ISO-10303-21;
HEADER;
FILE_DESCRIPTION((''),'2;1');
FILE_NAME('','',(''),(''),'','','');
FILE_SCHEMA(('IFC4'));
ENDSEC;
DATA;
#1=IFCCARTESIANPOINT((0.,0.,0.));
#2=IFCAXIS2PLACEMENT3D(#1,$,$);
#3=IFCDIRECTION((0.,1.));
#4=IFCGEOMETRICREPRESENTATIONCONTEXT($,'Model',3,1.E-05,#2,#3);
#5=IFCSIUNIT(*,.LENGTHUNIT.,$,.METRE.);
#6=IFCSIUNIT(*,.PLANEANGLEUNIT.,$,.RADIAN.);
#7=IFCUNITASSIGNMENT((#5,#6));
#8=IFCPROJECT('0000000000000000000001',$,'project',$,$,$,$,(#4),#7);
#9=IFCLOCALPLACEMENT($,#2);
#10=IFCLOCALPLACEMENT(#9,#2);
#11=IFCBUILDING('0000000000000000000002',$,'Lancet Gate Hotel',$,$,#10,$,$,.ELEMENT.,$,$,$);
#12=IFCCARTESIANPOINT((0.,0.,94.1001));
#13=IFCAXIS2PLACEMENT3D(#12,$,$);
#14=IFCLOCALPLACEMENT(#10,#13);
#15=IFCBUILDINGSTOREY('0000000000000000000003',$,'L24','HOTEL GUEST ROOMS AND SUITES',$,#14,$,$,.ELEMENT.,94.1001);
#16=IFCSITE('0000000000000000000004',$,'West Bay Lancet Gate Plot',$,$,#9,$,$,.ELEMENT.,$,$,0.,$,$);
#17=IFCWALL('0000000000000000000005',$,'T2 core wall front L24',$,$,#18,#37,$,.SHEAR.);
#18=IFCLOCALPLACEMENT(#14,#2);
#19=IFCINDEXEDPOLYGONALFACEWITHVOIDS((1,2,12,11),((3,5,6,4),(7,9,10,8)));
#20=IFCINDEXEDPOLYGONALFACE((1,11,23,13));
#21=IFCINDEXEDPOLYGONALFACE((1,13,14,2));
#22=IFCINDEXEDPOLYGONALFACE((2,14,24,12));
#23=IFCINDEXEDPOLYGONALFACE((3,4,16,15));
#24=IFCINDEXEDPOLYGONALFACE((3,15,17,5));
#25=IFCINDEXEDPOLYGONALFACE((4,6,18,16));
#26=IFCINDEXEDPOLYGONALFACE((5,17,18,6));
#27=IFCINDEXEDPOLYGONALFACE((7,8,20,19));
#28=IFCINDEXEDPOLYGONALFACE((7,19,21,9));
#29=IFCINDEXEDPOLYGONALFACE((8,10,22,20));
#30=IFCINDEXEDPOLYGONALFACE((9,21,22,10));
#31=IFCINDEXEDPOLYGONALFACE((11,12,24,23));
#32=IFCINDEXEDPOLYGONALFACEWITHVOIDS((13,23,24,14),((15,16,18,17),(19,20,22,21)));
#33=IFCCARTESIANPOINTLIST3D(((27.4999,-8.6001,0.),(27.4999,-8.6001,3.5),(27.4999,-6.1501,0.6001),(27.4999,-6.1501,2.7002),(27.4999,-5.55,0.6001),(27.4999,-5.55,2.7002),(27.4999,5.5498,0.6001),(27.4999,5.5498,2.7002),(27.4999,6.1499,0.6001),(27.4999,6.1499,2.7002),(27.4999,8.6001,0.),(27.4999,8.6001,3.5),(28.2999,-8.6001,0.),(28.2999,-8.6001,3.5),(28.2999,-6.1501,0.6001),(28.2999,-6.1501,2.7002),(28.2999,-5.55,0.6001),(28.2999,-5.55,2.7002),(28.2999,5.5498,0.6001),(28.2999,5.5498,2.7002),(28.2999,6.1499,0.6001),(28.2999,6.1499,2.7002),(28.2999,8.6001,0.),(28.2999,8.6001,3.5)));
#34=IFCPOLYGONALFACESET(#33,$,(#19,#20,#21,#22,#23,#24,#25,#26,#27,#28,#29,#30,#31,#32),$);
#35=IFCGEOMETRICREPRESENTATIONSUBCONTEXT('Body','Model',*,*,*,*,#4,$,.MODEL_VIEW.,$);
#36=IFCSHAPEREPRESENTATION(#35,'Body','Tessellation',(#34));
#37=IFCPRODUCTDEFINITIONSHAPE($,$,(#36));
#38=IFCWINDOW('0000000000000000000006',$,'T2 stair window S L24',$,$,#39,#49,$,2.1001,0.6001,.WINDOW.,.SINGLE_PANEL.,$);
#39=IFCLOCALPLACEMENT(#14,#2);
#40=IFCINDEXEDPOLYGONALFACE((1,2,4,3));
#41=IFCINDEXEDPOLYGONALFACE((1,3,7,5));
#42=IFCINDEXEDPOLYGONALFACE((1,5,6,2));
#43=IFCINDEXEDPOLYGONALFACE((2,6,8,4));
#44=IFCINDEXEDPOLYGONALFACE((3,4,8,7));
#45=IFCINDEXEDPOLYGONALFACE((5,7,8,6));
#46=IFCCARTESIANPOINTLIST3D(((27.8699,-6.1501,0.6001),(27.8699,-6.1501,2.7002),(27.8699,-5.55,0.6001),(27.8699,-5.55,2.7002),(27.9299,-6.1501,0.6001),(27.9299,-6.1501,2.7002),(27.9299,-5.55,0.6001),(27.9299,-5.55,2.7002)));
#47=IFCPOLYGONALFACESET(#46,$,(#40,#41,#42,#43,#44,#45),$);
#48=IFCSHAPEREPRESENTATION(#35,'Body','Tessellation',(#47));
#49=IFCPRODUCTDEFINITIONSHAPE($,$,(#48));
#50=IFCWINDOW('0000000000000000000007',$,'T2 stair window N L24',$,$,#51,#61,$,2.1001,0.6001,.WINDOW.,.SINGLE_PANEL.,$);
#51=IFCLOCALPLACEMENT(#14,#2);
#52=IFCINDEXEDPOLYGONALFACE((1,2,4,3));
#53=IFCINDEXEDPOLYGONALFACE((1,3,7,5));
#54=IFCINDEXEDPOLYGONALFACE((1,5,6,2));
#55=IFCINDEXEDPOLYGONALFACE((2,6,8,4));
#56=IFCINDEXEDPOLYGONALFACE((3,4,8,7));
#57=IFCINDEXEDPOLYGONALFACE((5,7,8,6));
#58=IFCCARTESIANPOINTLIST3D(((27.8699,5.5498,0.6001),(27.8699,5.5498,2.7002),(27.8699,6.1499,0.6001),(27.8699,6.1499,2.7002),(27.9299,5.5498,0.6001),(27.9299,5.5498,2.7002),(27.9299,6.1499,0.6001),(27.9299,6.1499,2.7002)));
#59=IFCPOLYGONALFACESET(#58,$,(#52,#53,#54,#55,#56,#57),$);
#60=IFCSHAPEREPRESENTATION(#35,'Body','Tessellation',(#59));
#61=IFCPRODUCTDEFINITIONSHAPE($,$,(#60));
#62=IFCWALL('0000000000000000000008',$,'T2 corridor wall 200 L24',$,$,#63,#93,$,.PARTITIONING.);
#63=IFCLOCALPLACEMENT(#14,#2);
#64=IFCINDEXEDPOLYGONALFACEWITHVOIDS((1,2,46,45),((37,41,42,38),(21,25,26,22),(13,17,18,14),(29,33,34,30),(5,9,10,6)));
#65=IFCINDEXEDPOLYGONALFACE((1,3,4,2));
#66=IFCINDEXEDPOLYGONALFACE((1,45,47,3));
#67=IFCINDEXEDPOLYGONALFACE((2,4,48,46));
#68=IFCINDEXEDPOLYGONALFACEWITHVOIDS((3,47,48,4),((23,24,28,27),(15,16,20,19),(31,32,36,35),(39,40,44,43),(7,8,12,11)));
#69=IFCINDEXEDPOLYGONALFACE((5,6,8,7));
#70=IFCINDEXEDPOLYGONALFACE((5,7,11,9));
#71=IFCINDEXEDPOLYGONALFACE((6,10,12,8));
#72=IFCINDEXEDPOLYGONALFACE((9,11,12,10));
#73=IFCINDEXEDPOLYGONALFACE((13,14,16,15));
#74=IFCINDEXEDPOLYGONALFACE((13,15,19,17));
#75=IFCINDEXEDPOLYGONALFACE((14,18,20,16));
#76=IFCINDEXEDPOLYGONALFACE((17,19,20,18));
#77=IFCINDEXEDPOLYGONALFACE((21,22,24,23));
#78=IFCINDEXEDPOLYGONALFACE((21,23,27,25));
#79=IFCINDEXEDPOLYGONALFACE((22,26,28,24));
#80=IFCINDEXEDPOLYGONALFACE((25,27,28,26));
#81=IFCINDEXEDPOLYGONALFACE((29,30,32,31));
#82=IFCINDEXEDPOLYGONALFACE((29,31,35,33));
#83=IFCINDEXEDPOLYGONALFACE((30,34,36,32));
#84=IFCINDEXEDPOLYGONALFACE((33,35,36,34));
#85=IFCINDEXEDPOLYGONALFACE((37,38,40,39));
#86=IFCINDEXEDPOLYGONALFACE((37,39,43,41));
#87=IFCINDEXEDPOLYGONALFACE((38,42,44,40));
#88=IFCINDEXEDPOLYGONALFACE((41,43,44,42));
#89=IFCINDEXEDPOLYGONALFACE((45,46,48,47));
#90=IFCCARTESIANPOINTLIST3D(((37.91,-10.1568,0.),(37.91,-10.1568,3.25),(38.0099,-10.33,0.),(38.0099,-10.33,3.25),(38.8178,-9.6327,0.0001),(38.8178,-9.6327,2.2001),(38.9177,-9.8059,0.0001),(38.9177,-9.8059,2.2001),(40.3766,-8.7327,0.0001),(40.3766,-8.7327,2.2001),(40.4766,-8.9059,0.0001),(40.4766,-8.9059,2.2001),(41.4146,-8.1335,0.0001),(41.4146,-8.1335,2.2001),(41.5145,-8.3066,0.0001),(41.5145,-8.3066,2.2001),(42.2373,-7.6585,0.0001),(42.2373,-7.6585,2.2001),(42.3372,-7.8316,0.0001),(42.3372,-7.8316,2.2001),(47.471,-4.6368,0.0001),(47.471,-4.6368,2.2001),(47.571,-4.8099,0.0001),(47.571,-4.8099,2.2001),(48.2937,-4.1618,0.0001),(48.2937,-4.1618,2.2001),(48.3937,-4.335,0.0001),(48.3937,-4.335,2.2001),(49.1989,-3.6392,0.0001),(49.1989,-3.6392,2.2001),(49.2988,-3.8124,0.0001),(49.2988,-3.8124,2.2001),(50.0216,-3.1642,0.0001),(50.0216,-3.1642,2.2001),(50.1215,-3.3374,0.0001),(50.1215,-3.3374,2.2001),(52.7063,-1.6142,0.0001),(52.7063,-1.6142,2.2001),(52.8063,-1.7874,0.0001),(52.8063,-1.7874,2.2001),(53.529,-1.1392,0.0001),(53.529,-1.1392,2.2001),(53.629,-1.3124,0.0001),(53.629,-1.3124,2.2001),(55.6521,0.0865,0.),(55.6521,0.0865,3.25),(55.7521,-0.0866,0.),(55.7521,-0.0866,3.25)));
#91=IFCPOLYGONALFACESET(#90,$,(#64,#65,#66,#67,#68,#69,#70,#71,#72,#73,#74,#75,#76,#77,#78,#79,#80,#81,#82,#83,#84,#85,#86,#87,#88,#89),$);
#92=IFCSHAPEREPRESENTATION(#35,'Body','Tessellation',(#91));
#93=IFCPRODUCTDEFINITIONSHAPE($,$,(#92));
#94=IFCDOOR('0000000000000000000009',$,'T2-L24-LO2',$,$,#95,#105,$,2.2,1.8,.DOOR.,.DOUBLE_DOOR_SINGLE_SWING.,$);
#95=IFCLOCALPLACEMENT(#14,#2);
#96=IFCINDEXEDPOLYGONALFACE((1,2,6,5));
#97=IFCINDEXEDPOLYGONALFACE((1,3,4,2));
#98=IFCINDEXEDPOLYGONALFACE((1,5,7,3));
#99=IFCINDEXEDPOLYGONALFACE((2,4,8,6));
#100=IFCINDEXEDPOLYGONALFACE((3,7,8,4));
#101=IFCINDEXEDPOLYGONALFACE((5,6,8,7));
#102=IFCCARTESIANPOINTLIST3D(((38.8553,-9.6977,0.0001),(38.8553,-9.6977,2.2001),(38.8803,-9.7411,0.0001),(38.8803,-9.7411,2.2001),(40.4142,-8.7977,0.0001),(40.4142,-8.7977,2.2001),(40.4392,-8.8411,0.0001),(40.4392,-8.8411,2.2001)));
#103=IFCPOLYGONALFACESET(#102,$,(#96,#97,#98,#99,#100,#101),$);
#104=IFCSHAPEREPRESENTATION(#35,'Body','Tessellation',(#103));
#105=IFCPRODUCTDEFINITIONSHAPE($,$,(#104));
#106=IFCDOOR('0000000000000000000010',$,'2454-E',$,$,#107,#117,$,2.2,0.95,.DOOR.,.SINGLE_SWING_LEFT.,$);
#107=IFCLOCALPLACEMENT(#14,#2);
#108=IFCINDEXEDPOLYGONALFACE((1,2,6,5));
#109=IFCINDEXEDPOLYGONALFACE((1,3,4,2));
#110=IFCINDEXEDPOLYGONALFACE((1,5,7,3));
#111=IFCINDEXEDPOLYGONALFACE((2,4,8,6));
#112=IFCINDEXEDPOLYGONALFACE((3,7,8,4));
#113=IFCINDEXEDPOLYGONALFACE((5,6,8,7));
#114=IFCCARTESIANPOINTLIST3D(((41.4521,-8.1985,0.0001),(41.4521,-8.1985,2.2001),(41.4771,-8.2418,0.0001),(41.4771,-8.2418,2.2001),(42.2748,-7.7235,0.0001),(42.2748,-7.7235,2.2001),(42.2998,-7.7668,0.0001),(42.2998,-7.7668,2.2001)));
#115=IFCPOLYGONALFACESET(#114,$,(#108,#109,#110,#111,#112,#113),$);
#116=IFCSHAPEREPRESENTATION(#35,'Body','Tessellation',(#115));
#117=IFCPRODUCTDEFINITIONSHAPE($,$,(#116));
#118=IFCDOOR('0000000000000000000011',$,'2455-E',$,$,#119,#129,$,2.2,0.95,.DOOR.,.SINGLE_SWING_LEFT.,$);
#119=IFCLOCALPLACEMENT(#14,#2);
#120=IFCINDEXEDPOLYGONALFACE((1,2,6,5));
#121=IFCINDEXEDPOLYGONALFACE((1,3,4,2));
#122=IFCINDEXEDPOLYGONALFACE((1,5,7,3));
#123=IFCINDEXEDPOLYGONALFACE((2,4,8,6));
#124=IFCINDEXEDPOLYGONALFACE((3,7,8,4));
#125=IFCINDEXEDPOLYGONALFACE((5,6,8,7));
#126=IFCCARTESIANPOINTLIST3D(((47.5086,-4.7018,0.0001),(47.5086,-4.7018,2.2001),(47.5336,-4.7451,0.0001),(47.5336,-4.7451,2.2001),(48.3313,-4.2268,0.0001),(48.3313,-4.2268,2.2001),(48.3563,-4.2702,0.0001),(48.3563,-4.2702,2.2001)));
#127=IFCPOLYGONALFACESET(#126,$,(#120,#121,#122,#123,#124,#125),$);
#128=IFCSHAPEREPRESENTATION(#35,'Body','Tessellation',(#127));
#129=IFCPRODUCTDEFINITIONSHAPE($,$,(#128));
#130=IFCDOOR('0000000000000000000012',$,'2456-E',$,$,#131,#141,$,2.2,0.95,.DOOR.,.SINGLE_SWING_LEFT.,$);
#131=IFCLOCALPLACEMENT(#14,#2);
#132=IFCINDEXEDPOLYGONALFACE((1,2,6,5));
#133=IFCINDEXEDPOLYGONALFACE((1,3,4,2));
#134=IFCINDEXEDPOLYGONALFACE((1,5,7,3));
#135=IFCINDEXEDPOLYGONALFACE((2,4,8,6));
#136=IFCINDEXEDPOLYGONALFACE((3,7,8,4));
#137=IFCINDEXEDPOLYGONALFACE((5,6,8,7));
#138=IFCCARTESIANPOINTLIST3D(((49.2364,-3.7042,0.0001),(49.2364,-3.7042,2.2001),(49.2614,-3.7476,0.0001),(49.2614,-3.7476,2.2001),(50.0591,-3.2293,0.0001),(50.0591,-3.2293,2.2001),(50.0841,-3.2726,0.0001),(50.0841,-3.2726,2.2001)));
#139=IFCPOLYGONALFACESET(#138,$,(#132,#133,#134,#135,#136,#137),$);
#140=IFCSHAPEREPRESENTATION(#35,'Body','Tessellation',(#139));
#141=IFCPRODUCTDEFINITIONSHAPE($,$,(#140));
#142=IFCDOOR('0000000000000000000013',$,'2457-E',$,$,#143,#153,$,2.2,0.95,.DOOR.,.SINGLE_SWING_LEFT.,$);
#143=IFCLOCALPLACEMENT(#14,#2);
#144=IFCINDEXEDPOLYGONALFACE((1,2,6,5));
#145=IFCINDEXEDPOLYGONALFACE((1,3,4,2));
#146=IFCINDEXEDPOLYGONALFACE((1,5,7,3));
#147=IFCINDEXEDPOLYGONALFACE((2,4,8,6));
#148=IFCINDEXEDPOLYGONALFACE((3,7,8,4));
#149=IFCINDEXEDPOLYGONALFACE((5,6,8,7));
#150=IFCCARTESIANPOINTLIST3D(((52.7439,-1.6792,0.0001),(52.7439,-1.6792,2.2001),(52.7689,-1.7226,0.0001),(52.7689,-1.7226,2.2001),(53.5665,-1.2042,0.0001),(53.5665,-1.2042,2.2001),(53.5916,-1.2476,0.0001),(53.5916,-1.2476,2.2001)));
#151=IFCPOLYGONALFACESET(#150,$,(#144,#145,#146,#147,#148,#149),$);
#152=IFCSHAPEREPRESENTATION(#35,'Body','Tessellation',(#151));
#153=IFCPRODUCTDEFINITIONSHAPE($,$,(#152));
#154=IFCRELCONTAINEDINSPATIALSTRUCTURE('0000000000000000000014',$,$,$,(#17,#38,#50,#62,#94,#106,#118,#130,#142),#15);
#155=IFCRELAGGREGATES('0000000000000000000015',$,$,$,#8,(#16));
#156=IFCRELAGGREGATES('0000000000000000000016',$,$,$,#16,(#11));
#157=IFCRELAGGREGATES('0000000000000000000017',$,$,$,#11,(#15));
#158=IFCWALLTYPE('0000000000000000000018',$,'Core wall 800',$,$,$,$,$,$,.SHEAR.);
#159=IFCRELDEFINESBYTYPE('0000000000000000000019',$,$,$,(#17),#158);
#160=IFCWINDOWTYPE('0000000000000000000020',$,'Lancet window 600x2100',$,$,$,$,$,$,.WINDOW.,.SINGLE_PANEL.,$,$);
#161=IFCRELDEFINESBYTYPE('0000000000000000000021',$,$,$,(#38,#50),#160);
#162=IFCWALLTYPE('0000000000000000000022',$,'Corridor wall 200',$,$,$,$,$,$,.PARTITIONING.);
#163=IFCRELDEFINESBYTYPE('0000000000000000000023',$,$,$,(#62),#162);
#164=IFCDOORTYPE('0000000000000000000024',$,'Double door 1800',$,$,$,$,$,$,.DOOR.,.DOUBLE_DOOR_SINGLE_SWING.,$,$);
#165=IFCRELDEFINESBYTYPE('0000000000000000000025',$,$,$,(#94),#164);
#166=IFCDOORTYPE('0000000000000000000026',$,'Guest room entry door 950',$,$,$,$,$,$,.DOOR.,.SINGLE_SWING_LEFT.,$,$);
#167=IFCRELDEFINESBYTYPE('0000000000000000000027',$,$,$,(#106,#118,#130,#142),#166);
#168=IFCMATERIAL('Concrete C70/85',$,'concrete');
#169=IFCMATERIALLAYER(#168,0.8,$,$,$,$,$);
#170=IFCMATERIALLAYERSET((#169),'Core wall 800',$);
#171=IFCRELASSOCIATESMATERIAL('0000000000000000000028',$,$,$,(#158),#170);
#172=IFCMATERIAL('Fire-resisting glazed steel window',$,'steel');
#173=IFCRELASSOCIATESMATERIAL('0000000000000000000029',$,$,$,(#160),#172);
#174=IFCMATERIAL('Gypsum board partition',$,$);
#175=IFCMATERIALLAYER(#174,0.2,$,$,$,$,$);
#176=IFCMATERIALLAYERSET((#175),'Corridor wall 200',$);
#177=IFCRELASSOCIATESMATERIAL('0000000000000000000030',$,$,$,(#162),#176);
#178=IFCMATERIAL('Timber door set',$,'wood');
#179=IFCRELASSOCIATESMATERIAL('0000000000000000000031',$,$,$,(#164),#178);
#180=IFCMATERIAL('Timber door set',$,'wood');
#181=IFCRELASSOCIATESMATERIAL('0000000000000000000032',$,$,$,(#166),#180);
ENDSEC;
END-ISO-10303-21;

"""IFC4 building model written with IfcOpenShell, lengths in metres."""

from ifc_helpers import new_model, si_unit, direction, frame, frame_2d, origin, place, context, subcontext, project, spatial, rectangle, extrude, material, layer, layer_set, type_object, element, fill, save


model = new_model("IFC4")

# Units and contexts
model_context = context("Model", 3, precision=1e-05, world=origin(), true_north=direction((0.0, 1.0)))
body_context = subcontext(model_context, "Body", "Model", "MODEL_VIEW")
ifc_project = project(units=[si_unit("LENGTHUNIT", "METRE"), si_unit("PLANEANGLEUNIT", "RADIAN")], contexts=[model_context])

# Site, building, storey
site_placement = place(None, origin())
site = spatial("IfcSite", under=ifc_project, at=site_placement, Name="West Bay Lancet Gate Plot", CompositionType="ELEMENT", RefElevation=0.0)
building_placement = place(site_placement, origin())
building = spatial("IfcBuilding", under=site, at=building_placement, Name="Lancet Gate Hotel", CompositionType="ELEMENT")
storey_placement = place(building_placement, frame((0.0, 0.0, 94.1001)))
storey = spatial("IfcBuildingStorey", under=building, at=storey_placement, Name="L24", Description="HOTEL GUEST ROOMS AND SUITES", CompositionType="ELEMENT", Elevation=94.1001)

# Wall, openings, windows
ifc_material_1 = material(Name="Concrete C70/85", Category="concrete")
ifc_layer_1 = layer(ifc_material_1, 0.8)
ifc_layer_set_1 = layer_set([ifc_layer_1], Name="Core wall 800")
wall_type_1 = type_object("IfcWallType", Name="Core wall 800", PredefinedType="SHEAR", material=ifc_layer_set_1)
wall_1_placement = place(storey_placement, frame((27.8999, -8.6001, 0.0), z_axis=(0.0, 0.0, 1.0), x_axis=(0.0, 1.0, 0.0)))
wall_1 = element("IfcWall", 1, at=wall_1_placement, inside=storey, type_object=wall_type_1, Name="T2 core wall front L24", PredefinedType="SHEAR", context=body_context, shape_type="SweptSolid", body=[
    extrude(rectangle(XDim=17.2002, YDim=0.8, at=frame_2d((8.6001, 0.0))), origin(), (0.0, 0.0, 1.0), 3.5),
])
opening_1_placement = place(wall_1_placement, frame((2.45, 0.0, 0.6001)))
opening_1 = element("IfcOpeningElement", 2, at=opening_1_placement, cuts=wall_1, PredefinedType="OPENING", context=body_context, shape_type="SweptSolid", body=[
    extrude(rectangle(XDim=0.6001, YDim=2.1001, at=frame_2d((0.3, 1.05))), frame((0.0, 0.4099, 0.0), z_axis=(0.0, -1.0, 0.0), x_axis=(1.0, 0.0, 0.0)), (0.0, 0.0, 1.0), 0.8201),
])
opening_2_placement = place(wall_1_placement, frame((14.1499, 0.0, 0.6001)))
opening_2 = element("IfcOpeningElement", 3, at=opening_2_placement, cuts=wall_1, PredefinedType="OPENING", context=body_context, shape_type="SweptSolid", body=[
    extrude(rectangle(XDim=0.6001, YDim=2.1001, at=frame_2d((0.3, 1.05))), frame((0.0, 0.4099, 0.0), z_axis=(0.0, -1.0, 0.0), x_axis=(1.0, 0.0, 0.0)), (0.0, 0.0, 1.0), 0.8201),
])
ifc_material_2 = material(Name="Fire-resisting glazed steel window", Category="steel")
window_type = type_object("IfcWindowType", Name="Lancet window 600x2100", PartitioningType="SINGLE_PANEL", PredefinedType="WINDOW", material=ifc_material_2)
window_1_placement = place(opening_1_placement, origin())
window_1 = element("IfcWindow", 4, at=window_1_placement, inside=storey, type_object=window_type, Name="T2 stair window S L24", OverallHeight=2.1001, OverallWidth=0.6001, PartitioningType="SINGLE_PANEL", PredefinedType="WINDOW", context=body_context, shape_type="SweptSolid", body=[
    extrude(rectangle(XDim=0.6001, YDim=2.1001, at=frame_2d((0.3, 1.05))), frame((0.0, 0.03, 0.0), z_axis=(0.0, -1.0, 0.0), x_axis=(1.0, 0.0, 0.0)), (0.0, 0.0, 1.0), 0.0601),
])
fill(opening_1, window_1)
window_2_placement = place(opening_2_placement, origin())
window_2 = element("IfcWindow", 5, at=window_2_placement, inside=storey, type_object=window_type, Name="T2 stair window N L24", OverallHeight=2.1001, OverallWidth=0.6001, PartitioningType="SINGLE_PANEL", PredefinedType="WINDOW", context=body_context, shape_type="SweptSolid", body=[
    extrude(rectangle(XDim=0.6001, YDim=2.1001, at=frame_2d((0.3, 1.05))), frame((0.0, 0.03, 0.0), z_axis=(0.0, -1.0, 0.0), x_axis=(1.0, 0.0, 0.0)), (0.0, 0.0, 1.0), 0.0601),
])
fill(opening_2, window_2)

# Wall, openings, doors
ifc_material_3 = material(Name="Gypsum board partition")
ifc_layer_2 = layer(ifc_material_3, 0.2)
ifc_layer_set_2 = layer_set([ifc_layer_2], Name="Corridor wall 200")
wall_type_2 = type_object("IfcWallType", Name="Corridor wall 200", PredefinedType="PARTITIONING", material=ifc_layer_set_2)
wall_2_placement = place(storey_placement, frame((37.96, -10.2434, 0.0), z_axis=(0.0, 0.0, 1.0), x_axis=(0.866026, 0.499998, 0.0)))
wall_2 = element("IfcWall", 6, at=wall_2_placement, inside=storey, type_object=wall_type_2, Name="T2 corridor wall 200 L24", PredefinedType="PARTITIONING", context=body_context, shape_type="SweptSolid", body=[
    extrude(rectangle(XDim=20.4868, YDim=0.2, at=frame_2d((10.2434, 0.0))), origin(), (0.0, 0.0, 1.0), 3.25),
])
opening_3_placement = place(wall_2_placement, frame((4.0466, 0.0, 0.0)))
opening_3 = element("IfcOpeningElement", 7, at=opening_3_placement, cuts=wall_2, PredefinedType="OPENING", context=body_context, shape_type="SweptSolid", body=[
    extrude(rectangle(XDim=0.95, YDim=2.2, at=frame_2d((0.4751, 1.1001))), frame((0.0, 0.1099, 0.0), z_axis=(0.0, -1.0, 0.0), x_axis=(1.0, 0.0, 0.0)), (0.0, 0.0, 1.0), 0.22),
])
opening_4_placement = place(wall_2_placement, frame((11.04, 0.0, 0.0)))
opening_4 = element("IfcOpeningElement", 8, at=opening_4_placement, cuts=wall_2, PredefinedType="OPENING", context=body_context, shape_type="SweptSolid", body=[
    extrude(rectangle(XDim=0.95, YDim=2.2, at=frame_2d((0.4751, 1.1001))), frame((0.0, 0.1099, 0.0), z_axis=(0.0, -1.0, 0.0), x_axis=(1.0, 0.0, 0.0)), (0.0, 0.0, 1.0), 0.22),
])
opening_5_placement = place(wall_2_placement, frame((13.0352, 0.0, 0.0)))
opening_5 = element("IfcOpeningElement", 9, at=opening_5_placement, cuts=wall_2, PredefinedType="OPENING", context=body_context, shape_type="SweptSolid", body=[
    extrude(rectangle(XDim=0.95, YDim=2.2, at=frame_2d((0.4751, 1.1001))), frame((0.0, 0.1099, 0.0), z_axis=(0.0, -1.0, 0.0), x_axis=(1.0, 0.0, 0.0)), (0.0, 0.0, 1.0), 0.22),
])
opening_6_placement = place(wall_2_placement, frame((17.0852, 0.0, 0.0)))
opening_6 = element("IfcOpeningElement", 10, at=opening_6_placement, cuts=wall_2, PredefinedType="OPENING", context=body_context, shape_type="SweptSolid", body=[
    extrude(rectangle(XDim=0.95, YDim=2.2, at=frame_2d((0.4751, 1.1001))), frame((0.0, 0.1099, 0.0), z_axis=(0.0, -1.0, 0.0), x_axis=(1.0, 0.0, 0.0)), (0.0, 0.0, 1.0), 0.22),
])
opening_7_placement = place(wall_2_placement, frame((1.0483, 0.0, 0.0)))
opening_7 = element("IfcOpeningElement", 11, at=opening_7_placement, cuts=wall_2, PredefinedType="OPENING", context=body_context, shape_type="SweptSolid", body=[
    extrude(rectangle(XDim=1.8, YDim=2.2, at=frame_2d((0.8999, 1.1001))), frame((0.0, 0.1099, 0.0), z_axis=(0.0, -1.0, 0.0), x_axis=(1.0, 0.0, 0.0)), (0.0, 0.0, 1.0), 0.22),
])
ifc_material_4 = material(Name="Timber door set", Category="wood")
door_type_1 = type_object("IfcDoorType", Name="Double door 1800", OperationType="DOUBLE_DOOR_SINGLE_SWING", PredefinedType="DOOR", material=ifc_material_4)
door_1_placement = place(opening_7_placement, origin())
door_1 = element("IfcDoor", 12, at=door_1_placement, inside=storey, type_object=door_type_1, Name="T2-L24-LO2", OperationType="DOUBLE_DOOR_SINGLE_SWING", OverallHeight=2.2, OverallWidth=1.8, PredefinedType="DOOR", context=body_context, shape_type="SweptSolid", body=[
    extrude(rectangle(XDim=1.8, YDim=2.2, at=frame_2d((0.8999, 1.1001))), frame((0.0, 0.0249, 0.0), z_axis=(0.0, -1.0, 0.0), x_axis=(1.0, 0.0, 0.0)), (0.0, 0.0, 1.0), 0.05),
])
fill(opening_7, door_1)
ifc_material_5 = material(Name="Timber door set", Category="wood")
door_type_2 = type_object("IfcDoorType", Name="Guest room entry door 950", OperationType="SINGLE_SWING_LEFT", PredefinedType="DOOR", material=ifc_material_5)
door_2_placement = place(opening_3_placement, origin())
door_2 = element("IfcDoor", 13, at=door_2_placement, inside=storey, type_object=door_type_2, Name="2454-E", OperationType="SINGLE_SWING_LEFT", OverallHeight=2.2, OverallWidth=0.95, PredefinedType="DOOR", context=body_context, shape_type="SweptSolid", body=[
    extrude(rectangle(XDim=0.95, YDim=2.2, at=frame_2d((0.4751, 1.1001))), frame((0.0, 0.0249, 0.0), z_axis=(0.0, -1.0, 0.0), x_axis=(1.0, 0.0, 0.0)), (0.0, 0.0, 1.0), 0.05),
])
fill(opening_3, door_2)
door_3_placement = place(opening_4_placement, origin())
door_3 = element("IfcDoor", 14, at=door_3_placement, inside=storey, type_object=door_type_2, Name="2455-E", OperationType="SINGLE_SWING_LEFT", OverallHeight=2.2, OverallWidth=0.95, PredefinedType="DOOR", context=body_context, shape_type="SweptSolid", body=[
    extrude(rectangle(XDim=0.95, YDim=2.2, at=frame_2d((0.4751, 1.1001))), frame((0.0, 0.0249, 0.0), z_axis=(0.0, -1.0, 0.0), x_axis=(1.0, 0.0, 0.0)), (0.0, 0.0, 1.0), 0.05),
])
fill(opening_4, door_3)
door_4_placement = place(opening_5_placement, origin())
door_4 = element("IfcDoor", 15, at=door_4_placement, inside=storey, type_object=door_type_2, Name="2456-E", OperationType="SINGLE_SWING_LEFT", OverallHeight=2.2, OverallWidth=0.95, PredefinedType="DOOR", context=body_context, shape_type="SweptSolid", body=[
    extrude(rectangle(XDim=0.95, YDim=2.2, at=frame_2d((0.4751, 1.1001))), frame((0.0, 0.0249, 0.0), z_axis=(0.0, -1.0, 0.0), x_axis=(1.0, 0.0, 0.0)), (0.0, 0.0, 1.0), 0.05),
])
fill(opening_5, door_4)
door_5_placement = place(opening_6_placement, origin())
door_5 = element("IfcDoor", 16, at=door_5_placement, inside=storey, type_object=door_type_2, Name="2457-E", OperationType="SINGLE_SWING_LEFT", OverallHeight=2.2, OverallWidth=0.95, PredefinedType="DOOR", context=body_context, shape_type="SweptSolid", body=[
    extrude(rectangle(XDim=0.95, YDim=2.2, at=frame_2d((0.4751, 1.1001))), frame((0.0, 0.0249, 0.0), z_axis=(0.0, -1.0, 0.0), x_axis=(1.0, 0.0, 0.0)), (0.0, 0.0, 1.0), 0.05),
])
fill(opening_6, door_5)

save(model, "model.ifc")
